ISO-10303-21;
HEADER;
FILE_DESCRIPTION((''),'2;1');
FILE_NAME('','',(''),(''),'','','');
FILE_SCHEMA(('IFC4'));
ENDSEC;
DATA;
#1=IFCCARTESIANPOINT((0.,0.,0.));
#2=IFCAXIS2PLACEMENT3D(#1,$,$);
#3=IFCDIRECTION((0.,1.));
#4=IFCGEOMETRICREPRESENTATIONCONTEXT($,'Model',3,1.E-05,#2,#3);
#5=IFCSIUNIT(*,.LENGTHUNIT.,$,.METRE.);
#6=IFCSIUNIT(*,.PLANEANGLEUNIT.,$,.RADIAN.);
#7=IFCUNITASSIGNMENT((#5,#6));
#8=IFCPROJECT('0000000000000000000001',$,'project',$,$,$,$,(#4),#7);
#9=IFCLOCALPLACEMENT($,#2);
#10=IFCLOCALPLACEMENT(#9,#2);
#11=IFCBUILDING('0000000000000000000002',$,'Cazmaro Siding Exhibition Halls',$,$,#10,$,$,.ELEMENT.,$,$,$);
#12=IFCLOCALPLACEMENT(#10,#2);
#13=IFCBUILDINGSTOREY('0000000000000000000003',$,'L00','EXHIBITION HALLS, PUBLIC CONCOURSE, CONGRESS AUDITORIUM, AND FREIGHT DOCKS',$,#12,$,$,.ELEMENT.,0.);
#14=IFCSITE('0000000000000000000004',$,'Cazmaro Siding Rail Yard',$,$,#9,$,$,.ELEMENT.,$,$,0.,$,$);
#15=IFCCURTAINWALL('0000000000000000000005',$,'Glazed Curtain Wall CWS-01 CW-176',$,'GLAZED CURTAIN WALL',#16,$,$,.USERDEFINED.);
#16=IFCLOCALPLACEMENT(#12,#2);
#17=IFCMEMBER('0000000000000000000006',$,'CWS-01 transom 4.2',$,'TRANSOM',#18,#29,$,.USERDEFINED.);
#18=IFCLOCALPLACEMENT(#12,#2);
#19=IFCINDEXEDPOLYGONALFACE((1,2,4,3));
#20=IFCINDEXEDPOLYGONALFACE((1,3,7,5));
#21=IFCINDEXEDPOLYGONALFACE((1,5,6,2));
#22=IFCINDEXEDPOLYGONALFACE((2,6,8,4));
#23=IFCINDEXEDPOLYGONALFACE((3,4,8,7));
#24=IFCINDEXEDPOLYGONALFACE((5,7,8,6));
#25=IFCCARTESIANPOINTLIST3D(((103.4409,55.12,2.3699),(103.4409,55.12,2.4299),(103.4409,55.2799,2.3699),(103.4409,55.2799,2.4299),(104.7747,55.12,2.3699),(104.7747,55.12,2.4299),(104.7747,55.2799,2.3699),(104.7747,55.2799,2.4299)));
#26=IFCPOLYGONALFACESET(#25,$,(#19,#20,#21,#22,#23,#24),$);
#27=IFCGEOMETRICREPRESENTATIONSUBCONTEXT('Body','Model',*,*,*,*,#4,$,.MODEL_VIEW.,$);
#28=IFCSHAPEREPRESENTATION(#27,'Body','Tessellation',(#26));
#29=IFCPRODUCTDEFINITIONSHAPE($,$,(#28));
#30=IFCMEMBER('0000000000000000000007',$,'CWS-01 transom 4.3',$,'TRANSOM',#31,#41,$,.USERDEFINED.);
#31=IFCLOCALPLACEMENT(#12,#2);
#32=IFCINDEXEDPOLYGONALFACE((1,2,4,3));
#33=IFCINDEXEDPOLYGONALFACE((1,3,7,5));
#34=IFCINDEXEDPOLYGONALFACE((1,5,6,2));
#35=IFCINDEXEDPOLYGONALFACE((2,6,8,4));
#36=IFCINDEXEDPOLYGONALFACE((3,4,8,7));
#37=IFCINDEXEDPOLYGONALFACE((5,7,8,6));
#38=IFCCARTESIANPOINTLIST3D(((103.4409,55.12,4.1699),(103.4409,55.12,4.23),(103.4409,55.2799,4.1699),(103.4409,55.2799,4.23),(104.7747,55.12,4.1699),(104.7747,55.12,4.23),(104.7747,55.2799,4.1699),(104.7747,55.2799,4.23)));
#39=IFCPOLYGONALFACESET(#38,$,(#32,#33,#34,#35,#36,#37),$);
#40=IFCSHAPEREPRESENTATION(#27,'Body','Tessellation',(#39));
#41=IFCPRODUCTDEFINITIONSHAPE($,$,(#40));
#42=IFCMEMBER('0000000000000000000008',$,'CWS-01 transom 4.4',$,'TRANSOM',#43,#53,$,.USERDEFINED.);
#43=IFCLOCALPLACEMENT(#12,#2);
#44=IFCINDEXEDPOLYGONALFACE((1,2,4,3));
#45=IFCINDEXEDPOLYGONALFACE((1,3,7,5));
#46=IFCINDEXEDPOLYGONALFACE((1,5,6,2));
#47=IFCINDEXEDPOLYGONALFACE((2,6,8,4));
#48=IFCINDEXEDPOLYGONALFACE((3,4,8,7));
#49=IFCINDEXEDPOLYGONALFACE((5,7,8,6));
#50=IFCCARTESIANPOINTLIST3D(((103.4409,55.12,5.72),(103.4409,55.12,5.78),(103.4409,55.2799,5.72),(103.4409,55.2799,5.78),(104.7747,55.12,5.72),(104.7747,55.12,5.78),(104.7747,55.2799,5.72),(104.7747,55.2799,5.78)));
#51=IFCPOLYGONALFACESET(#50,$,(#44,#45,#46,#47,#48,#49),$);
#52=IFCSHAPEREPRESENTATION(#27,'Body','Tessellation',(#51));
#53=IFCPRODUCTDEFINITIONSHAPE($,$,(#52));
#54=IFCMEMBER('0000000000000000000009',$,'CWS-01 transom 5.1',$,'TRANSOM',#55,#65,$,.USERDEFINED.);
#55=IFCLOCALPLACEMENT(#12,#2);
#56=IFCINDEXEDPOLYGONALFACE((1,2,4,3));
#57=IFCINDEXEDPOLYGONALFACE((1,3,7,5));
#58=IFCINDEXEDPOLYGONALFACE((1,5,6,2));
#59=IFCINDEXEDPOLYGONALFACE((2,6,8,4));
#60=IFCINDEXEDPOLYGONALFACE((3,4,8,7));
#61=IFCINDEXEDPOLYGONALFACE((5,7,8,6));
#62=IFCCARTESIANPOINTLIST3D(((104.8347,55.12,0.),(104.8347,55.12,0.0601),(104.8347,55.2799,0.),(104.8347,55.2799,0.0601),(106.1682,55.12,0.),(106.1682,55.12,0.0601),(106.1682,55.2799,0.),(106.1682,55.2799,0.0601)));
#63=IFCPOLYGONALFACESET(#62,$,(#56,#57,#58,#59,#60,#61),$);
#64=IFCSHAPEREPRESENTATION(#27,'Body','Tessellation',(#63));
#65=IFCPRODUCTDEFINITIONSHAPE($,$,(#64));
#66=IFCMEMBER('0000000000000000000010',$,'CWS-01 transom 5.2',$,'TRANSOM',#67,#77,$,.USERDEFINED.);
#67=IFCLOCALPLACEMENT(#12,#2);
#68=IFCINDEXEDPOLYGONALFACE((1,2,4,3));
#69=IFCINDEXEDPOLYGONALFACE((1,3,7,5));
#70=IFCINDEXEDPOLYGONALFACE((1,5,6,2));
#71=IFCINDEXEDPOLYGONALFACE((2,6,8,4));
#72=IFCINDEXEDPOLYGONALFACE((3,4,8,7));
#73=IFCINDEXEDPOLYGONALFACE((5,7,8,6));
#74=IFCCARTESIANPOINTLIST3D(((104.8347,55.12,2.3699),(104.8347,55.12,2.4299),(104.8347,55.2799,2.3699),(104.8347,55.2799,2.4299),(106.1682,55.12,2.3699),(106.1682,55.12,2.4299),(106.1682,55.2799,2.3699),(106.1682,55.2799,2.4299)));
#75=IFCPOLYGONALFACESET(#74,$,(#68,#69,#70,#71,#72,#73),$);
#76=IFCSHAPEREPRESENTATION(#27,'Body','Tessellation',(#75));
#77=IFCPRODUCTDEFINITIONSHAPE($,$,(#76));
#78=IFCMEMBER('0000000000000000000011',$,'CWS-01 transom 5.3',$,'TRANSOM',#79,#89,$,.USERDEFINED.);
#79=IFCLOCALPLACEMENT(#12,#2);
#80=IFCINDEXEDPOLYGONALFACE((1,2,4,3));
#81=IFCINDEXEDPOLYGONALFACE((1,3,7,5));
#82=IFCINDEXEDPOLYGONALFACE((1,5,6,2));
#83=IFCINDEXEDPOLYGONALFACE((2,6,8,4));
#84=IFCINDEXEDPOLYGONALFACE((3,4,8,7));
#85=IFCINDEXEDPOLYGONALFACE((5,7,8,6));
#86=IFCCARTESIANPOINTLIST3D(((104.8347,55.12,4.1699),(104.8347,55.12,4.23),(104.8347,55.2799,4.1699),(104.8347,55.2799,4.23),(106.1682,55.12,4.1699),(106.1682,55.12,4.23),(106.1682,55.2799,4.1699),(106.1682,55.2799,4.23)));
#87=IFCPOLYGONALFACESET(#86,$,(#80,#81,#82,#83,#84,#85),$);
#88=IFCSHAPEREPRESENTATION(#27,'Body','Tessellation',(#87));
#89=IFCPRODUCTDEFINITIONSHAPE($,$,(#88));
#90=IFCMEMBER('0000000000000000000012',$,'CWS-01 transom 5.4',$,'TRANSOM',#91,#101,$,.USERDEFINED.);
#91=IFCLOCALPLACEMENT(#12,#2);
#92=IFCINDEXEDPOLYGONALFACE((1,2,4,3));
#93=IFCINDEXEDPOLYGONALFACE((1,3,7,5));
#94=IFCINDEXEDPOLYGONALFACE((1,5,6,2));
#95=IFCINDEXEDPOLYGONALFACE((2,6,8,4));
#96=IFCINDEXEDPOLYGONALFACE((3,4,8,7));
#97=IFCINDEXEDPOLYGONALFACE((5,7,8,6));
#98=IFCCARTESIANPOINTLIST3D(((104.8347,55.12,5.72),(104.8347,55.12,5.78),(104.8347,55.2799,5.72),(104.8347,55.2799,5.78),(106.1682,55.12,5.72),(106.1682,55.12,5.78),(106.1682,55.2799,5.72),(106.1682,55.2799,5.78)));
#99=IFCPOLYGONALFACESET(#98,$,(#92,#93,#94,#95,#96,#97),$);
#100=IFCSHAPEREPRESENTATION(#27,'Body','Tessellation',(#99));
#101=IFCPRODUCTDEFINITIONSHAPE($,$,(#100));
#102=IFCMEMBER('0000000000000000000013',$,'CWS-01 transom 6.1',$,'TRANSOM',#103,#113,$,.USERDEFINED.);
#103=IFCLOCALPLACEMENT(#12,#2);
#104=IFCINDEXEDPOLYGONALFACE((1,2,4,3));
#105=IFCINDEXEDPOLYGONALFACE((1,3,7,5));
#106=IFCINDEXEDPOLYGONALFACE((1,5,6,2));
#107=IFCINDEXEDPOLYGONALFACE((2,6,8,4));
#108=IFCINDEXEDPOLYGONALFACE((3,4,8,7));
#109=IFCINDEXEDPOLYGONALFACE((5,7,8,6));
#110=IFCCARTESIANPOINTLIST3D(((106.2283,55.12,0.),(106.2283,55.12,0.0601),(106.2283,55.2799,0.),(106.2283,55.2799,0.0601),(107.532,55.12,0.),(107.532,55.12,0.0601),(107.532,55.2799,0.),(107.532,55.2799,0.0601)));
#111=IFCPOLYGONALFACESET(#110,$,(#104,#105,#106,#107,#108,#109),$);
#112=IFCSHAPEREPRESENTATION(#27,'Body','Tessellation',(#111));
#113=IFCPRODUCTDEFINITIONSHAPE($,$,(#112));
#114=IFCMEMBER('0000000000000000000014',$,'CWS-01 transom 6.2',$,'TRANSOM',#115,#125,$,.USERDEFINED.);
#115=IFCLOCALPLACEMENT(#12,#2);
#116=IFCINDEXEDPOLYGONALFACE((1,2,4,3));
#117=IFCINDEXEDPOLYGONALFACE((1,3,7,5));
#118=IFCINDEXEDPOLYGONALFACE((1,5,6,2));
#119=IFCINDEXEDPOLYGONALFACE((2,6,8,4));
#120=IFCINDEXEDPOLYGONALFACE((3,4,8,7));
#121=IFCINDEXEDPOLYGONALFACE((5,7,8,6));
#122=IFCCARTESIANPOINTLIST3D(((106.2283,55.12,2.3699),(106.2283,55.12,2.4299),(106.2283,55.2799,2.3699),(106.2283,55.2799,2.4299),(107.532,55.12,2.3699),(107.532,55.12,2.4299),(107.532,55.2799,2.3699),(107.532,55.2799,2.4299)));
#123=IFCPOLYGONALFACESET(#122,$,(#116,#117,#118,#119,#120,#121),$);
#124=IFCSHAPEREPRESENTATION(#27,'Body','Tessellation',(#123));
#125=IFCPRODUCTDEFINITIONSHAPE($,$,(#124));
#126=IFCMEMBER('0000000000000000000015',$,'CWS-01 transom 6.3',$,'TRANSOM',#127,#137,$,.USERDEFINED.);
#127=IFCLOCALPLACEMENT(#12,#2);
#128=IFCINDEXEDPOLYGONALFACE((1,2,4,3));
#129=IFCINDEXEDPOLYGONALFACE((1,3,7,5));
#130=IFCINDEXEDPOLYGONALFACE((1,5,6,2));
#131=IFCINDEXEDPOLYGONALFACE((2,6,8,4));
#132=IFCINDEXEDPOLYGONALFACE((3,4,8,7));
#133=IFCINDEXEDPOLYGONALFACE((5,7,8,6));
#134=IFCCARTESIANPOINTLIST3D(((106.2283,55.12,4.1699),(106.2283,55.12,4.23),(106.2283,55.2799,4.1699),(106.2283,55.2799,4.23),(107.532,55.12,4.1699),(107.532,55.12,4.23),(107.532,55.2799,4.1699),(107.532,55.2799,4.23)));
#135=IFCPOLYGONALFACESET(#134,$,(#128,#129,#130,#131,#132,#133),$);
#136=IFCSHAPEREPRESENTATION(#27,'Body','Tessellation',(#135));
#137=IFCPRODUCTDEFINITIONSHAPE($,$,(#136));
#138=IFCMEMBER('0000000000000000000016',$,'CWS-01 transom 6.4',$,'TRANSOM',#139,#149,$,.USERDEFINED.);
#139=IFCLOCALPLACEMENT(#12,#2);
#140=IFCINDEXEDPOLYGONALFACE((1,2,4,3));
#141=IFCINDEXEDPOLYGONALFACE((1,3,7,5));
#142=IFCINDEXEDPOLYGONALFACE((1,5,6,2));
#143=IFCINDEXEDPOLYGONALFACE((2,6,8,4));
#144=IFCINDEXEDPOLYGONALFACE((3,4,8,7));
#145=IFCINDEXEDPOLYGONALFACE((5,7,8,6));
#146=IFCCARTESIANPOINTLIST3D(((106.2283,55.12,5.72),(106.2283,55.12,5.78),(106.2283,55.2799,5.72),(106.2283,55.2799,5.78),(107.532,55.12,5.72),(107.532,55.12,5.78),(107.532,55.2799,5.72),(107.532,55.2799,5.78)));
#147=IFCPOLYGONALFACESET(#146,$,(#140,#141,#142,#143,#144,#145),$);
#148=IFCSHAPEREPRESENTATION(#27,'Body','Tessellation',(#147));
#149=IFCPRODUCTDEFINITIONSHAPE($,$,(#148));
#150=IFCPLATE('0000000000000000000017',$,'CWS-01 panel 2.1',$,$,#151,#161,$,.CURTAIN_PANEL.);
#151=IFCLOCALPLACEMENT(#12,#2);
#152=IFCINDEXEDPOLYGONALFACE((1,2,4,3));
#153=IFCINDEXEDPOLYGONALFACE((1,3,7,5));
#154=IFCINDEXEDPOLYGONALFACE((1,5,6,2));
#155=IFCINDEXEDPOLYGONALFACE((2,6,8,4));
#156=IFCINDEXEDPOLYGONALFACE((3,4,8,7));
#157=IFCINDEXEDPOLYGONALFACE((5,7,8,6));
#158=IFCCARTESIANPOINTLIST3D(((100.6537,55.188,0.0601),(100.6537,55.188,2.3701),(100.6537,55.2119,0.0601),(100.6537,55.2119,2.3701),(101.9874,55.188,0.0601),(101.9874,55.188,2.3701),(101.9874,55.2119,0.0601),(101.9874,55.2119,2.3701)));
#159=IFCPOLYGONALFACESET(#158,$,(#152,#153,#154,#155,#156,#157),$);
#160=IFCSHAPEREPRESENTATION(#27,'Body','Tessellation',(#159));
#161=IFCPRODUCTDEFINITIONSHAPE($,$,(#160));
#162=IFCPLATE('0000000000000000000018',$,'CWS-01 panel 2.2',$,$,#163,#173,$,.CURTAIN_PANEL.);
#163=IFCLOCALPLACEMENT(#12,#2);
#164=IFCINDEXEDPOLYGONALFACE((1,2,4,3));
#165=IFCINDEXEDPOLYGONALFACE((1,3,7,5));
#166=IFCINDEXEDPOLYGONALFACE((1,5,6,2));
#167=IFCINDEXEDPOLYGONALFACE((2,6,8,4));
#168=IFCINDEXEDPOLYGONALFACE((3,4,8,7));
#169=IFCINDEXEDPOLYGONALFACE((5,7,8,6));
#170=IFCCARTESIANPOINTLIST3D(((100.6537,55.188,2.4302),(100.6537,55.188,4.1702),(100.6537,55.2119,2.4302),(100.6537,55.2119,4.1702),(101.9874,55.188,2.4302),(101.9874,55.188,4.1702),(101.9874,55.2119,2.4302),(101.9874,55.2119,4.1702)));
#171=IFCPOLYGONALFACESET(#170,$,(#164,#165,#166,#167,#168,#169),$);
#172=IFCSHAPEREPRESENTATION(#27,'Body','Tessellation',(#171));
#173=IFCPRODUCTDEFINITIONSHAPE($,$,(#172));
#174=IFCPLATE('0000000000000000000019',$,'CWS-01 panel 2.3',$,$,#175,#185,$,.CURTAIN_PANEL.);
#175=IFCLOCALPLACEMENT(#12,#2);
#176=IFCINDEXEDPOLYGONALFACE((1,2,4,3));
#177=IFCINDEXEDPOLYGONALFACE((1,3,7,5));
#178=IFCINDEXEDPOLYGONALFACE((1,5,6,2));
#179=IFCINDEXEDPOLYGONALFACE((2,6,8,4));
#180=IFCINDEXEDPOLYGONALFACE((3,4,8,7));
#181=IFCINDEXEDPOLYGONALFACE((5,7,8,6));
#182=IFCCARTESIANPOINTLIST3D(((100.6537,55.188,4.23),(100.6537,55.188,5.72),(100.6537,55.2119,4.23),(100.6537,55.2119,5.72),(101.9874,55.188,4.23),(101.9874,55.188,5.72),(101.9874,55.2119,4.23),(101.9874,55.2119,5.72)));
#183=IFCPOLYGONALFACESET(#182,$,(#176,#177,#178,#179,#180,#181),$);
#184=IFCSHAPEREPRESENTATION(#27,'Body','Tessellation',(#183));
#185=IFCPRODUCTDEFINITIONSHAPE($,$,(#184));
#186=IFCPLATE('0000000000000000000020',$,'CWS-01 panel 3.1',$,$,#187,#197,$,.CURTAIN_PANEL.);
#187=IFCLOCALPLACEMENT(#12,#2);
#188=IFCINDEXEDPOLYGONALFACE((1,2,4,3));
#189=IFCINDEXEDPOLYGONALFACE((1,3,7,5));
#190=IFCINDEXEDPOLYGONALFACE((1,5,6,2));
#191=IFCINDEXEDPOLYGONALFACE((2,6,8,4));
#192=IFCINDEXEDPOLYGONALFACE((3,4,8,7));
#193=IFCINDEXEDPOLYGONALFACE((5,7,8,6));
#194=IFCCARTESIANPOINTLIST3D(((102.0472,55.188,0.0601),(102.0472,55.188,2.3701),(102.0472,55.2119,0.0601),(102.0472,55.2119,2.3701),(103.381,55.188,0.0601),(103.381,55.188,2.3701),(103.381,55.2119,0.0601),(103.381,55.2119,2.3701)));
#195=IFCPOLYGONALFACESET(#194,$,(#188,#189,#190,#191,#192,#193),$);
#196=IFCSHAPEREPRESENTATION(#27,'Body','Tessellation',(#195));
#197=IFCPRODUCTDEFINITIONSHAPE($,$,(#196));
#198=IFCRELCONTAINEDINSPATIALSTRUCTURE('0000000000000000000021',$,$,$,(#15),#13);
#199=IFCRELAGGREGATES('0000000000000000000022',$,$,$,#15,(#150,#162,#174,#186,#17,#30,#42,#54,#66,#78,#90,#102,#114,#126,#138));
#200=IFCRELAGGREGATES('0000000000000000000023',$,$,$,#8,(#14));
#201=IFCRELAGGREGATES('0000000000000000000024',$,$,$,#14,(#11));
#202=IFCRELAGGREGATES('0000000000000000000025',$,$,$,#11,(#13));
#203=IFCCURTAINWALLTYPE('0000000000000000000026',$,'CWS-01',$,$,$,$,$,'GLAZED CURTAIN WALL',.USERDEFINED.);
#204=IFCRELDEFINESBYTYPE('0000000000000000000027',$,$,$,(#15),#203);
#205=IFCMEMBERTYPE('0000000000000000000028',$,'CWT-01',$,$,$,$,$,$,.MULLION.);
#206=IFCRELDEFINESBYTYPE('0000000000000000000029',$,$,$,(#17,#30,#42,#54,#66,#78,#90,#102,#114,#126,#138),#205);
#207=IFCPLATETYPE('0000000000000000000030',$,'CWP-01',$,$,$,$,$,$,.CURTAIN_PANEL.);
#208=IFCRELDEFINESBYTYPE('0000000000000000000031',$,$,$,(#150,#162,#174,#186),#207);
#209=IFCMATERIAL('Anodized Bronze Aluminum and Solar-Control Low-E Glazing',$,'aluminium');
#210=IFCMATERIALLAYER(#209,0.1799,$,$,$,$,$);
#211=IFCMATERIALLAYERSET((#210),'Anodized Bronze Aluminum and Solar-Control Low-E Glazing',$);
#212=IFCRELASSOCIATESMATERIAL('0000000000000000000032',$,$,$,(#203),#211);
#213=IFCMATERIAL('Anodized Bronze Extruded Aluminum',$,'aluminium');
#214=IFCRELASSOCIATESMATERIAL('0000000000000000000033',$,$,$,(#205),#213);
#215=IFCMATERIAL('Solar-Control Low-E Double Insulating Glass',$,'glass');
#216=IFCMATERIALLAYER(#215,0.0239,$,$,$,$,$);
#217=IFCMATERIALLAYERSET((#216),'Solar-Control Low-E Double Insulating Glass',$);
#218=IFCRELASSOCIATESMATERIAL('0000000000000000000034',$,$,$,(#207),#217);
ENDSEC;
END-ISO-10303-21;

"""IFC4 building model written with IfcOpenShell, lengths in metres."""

from ifc_helpers import new_model, si_unit, direction, frame, origin, origin_2d, place, context, subcontext, project, spatial, rectangle, extrude, material, layer, layer_set, material_profile, profile_set, type_object, element, aggregate, save


model = new_model("IFC4")

# Units and contexts
model_context = context("Model", 3, precision=1e-05, world=origin(), true_north=direction((0.0, 1.0)))
body_context = subcontext(model_context, "Body", "Model", "MODEL_VIEW")
ifc_project = project(units=[si_unit("LENGTHUNIT", "METRE"), si_unit("PLANEANGLEUNIT", "RADIAN")], contexts=[model_context])

# Site, building, storey
site_placement = place(None, origin())
site = spatial("IfcSite", under=ifc_project, at=site_placement, Name="Cazmaro Siding Rail Yard", CompositionType="ELEMENT", RefElevation=0.0)
building_placement = place(site_placement, origin())
building = spatial("IfcBuilding", under=site, at=building_placement, Name="Cazmaro Siding Exhibition Halls", CompositionType="ELEMENT")
storey_placement = place(building_placement, origin())
storey = spatial("IfcBuildingStorey", under=building, at=storey_placement, Name="L00", Description="EXHIBITION HALLS, PUBLIC CONCOURSE, CONGRESS AUDITORIUM, AND FREIGHT DOCKS", CompositionType="ELEMENT", Elevation=0.0)

# Curtain wall, members, plates
ifc_material_1 = material(Name="Anodized Bronze Aluminum and Solar-Control Low-E Glazing", Category="aluminium")
ifc_layer_1 = layer(ifc_material_1, 0.1799)
ifc_layer_set_1 = layer_set([ifc_layer_1], Name="Anodized Bronze Aluminum and Solar-Control Low-E Glazing")
curtain_wall_type = type_object("IfcCurtainWallType", Name="CWS-01", ElementType="GLAZED CURTAIN WALL", PredefinedType="USERDEFINED", material=ifc_layer_set_1)
curtain_wall_placement = place(storey_placement, origin())
curtain_wall = element("IfcCurtainWall", 1, at=curtain_wall_placement, inside=storey, type_object=curtain_wall_type, Name="Glazed Curtain Wall CWS-01 CW-176", ObjectType="GLAZED CURTAIN WALL", PredefinedType="USERDEFINED")
ifc_material_2 = material(Name="Anodized Bronze Extruded Aluminum", Category="aluminium")
ifc_material_profile_1 = material_profile(ifc_material_2, rectangle(XDim=0.1599, YDim=0.0601, at=origin_2d()), Name="CWT-01")
ifc_profile_set_1 = profile_set([ifc_material_profile_1], Name="Anodized Bronze Extruded Aluminum")
member_type_1 = type_object("IfcMemberType", Name="CWT-01", PredefinedType="MULLION", material=ifc_profile_set_1)
member_1_placement = place(storey_placement, frame((103.4409, 55.2, 2.3999), z_axis=(1.0, 0.0, 0.0), x_axis=(0.0, 1.0, 0.0)))
member_1 = element("IfcMember", 2, at=member_1_placement, type_object=member_type_1, Name="CWS-01 transom 4.2", ObjectType="TRANSOM", PredefinedType="USERDEFINED", context=body_context, shape_type="SweptSolid", body=[
    extrude(rectangle(XDim=0.1599, YDim=0.0601, at=origin_2d()), origin(), (0.0, 0.0, 1.0), 1.3337),
])
member_2_placement = place(storey_placement, frame((103.4409, 55.2, 4.2), z_axis=(1.0, 0.0, 0.0), x_axis=(0.0, 1.0, 0.0)))
member_2 = element("IfcMember", 3, at=member_2_placement, type_object=member_type_1, Name="CWS-01 transom 4.3", ObjectType="TRANSOM", PredefinedType="USERDEFINED", context=body_context, shape_type="SweptSolid", body=[
    extrude(rectangle(XDim=0.1599, YDim=0.0601, at=origin_2d()), origin(), (0.0, 0.0, 1.0), 1.3337),
])
member_3_placement = place(storey_placement, frame((103.4409, 55.2, 5.75), z_axis=(1.0, 0.0, 0.0), x_axis=(0.0, 1.0, 0.0)))
member_3 = element("IfcMember", 4, at=member_3_placement, type_object=member_type_1, Name="CWS-01 transom 4.4", ObjectType="TRANSOM", PredefinedType="USERDEFINED", context=body_context, shape_type="SweptSolid", body=[
    extrude(rectangle(XDim=0.1599, YDim=0.0601, at=origin_2d()), origin(), (0.0, 0.0, 1.0), 1.3337),
])
member_4_placement = place(storey_placement, frame((104.8347, 55.2, 0.03), z_axis=(1.0, 0.0, 0.0), x_axis=(0.0, 1.0, 0.0)))
member_4 = element("IfcMember", 5, at=member_4_placement, type_object=member_type_1, Name="CWS-01 transom 5.1", ObjectType="TRANSOM", PredefinedType="USERDEFINED", context=body_context, shape_type="SweptSolid", body=[
    extrude(rectangle(XDim=0.1599, YDim=0.0601, at=origin_2d()), origin(), (0.0, 0.0, 1.0), 1.3335),
])
member_5_placement = place(storey_placement, frame((104.8347, 55.2, 2.3999), z_axis=(1.0, 0.0, 0.0), x_axis=(0.0, 1.0, 0.0)))
member_5 = element("IfcMember", 6, at=member_5_placement, type_object=member_type_1, Name="CWS-01 transom 5.2", ObjectType="TRANSOM", PredefinedType="USERDEFINED", context=body_context, shape_type="SweptSolid", body=[
    extrude(rectangle(XDim=0.1599, YDim=0.0601, at=origin_2d()), origin(), (0.0, 0.0, 1.0), 1.3335),
])
member_6_placement = place(storey_placement, frame((104.8347, 55.2, 4.2), z_axis=(1.0, 0.0, 0.0), x_axis=(0.0, 1.0, 0.0)))
member_6 = element("IfcMember", 7, at=member_6_placement, type_object=member_type_1, Name="CWS-01 transom 5.3", ObjectType="TRANSOM", PredefinedType="USERDEFINED", context=body_context, shape_type="SweptSolid", body=[
    extrude(rectangle(XDim=0.1599, YDim=0.0601, at=origin_2d()), origin(), (0.0, 0.0, 1.0), 1.3335),
])
member_7_placement = place(storey_placement, frame((104.8347, 55.2, 5.75), z_axis=(1.0, 0.0, 0.0), x_axis=(0.0, 1.0, 0.0)))
member_7 = element("IfcMember", 8, at=member_7_placement, type_object=member_type_1, Name="CWS-01 transom 5.4", ObjectType="TRANSOM", PredefinedType="USERDEFINED", context=body_context, shape_type="SweptSolid", body=[
    extrude(rectangle(XDim=0.1599, YDim=0.0601, at=origin_2d()), origin(), (0.0, 0.0, 1.0), 1.3335),
])
member_8_placement = place(storey_placement, frame((106.2283, 55.2, 0.03), z_axis=(1.0, 0.0, 0.0), x_axis=(0.0, 1.0, 0.0)))
member_8 = element("IfcMember", 9, at=member_8_placement, type_object=member_type_1, Name="CWS-01 transom 6.1", ObjectType="TRANSOM", PredefinedType="USERDEFINED", context=body_context, shape_type="SweptSolid", body=[
    extrude(rectangle(XDim=0.1599, YDim=0.0601, at=origin_2d()), origin(), (0.0, 0.0, 1.0), 1.3037),
])
member_9_placement = place(storey_placement, frame((106.2283, 55.2, 2.3999), z_axis=(1.0, 0.0, 0.0), x_axis=(0.0, 1.0, 0.0)))
member_9 = element("IfcMember", 10, at=member_9_placement, type_object=member_type_1, Name="CWS-01 transom 6.2", ObjectType="TRANSOM", PredefinedType="USERDEFINED", context=body_context, shape_type="SweptSolid", body=[
    extrude(rectangle(XDim=0.1599, YDim=0.0601, at=origin_2d()), origin(), (0.0, 0.0, 1.0), 1.3037),
])
member_10_placement = place(storey_placement, frame((106.2283, 55.2, 4.2), z_axis=(1.0, 0.0, 0.0), x_axis=(0.0, 1.0, 0.0)))
member_10 = element("IfcMember", 11, at=member_10_placement, type_object=member_type_1, Name="CWS-01 transom 6.3", ObjectType="TRANSOM", PredefinedType="USERDEFINED", context=body_context, shape_type="SweptSolid", body=[
    extrude(rectangle(XDim=0.1599, YDim=0.0601, at=origin_2d()), origin(), (0.0, 0.0, 1.0), 1.3037),
])
member_11_placement = place(storey_placement, frame((106.2283, 55.2, 5.75), z_axis=(1.0, 0.0, 0.0), x_axis=(0.0, 1.0, 0.0)))
member_11 = element("IfcMember", 12, at=member_11_placement, type_object=member_type_1, Name="CWS-01 transom 6.4", ObjectType="TRANSOM", PredefinedType="USERDEFINED", context=body_context, shape_type="SweptSolid", body=[
    extrude(rectangle(XDim=0.1599, YDim=0.0601, at=origin_2d()), origin(), (0.0, 0.0, 1.0), 1.3037),
])
ifc_material_3 = material(Name="Solar-Control Low-E Double Insulating Glass", Category="glass")
ifc_layer_2 = layer(ifc_material_3, 0.0239)
ifc_layer_set_2 = layer_set([ifc_layer_2], Name="Solar-Control Low-E Double Insulating Glass")
plate_type = type_object("IfcPlateType", Name="CWP-01", PredefinedType="CURTAIN_PANEL", material=ifc_layer_set_2)
plate_1_placement = place(storey_placement, frame((101.3206, 55.2, 0.0601), z_axis=(0.0, 0.0, 1.0), x_axis=(1.0, 0.0, 0.0)))
plate_1 = element("IfcPlate", 13, at=plate_1_placement, type_object=plate_type, Name="CWS-01 panel 2.1", PredefinedType="CURTAIN_PANEL", context=body_context, shape_type="SweptSolid", body=[
    extrude(rectangle(XDim=1.3337, YDim=0.0239, at=origin_2d()), origin(), (0.0, 0.0, 1.0), 2.3101),
])
plate_2_placement = place(storey_placement, frame((101.3206, 55.2, 2.4302), z_axis=(0.0, 0.0, 1.0), x_axis=(1.0, 0.0, 0.0)))
plate_2 = element("IfcPlate", 14, at=plate_2_placement, type_object=plate_type, Name="CWS-01 panel 2.2", PredefinedType="CURTAIN_PANEL", context=body_context, shape_type="SweptSolid", body=[
    extrude(rectangle(XDim=1.3337, YDim=0.0239, at=origin_2d()), origin(), (0.0, 0.0, 1.0), 1.74),
])
plate_3_placement = place(storey_placement, frame((101.3206, 55.2, 4.23), z_axis=(0.0, 0.0, 1.0), x_axis=(1.0, 0.0, 0.0)))
plate_3 = element("IfcPlate", 15, at=plate_3_placement, type_object=plate_type, Name="CWS-01 panel 2.3", PredefinedType="CURTAIN_PANEL", context=body_context, shape_type="SweptSolid", body=[
    extrude(rectangle(XDim=1.3337, YDim=0.0239, at=origin_2d()), origin(), (0.0, 0.0, 1.0), 1.49),
])
plate_4_placement = place(storey_placement, frame((102.7141, 55.2, 0.0601), z_axis=(0.0, 0.0, 1.0), x_axis=(1.0, 0.0, 0.0)))
plate_4 = element("IfcPlate", 16, at=plate_4_placement, type_object=plate_type, Name="CWS-01 panel 3.1", PredefinedType="CURTAIN_PANEL", context=body_context, shape_type="SweptSolid", body=[
    extrude(rectangle(XDim=1.3337, YDim=0.0239, at=origin_2d()), origin(), (0.0, 0.0, 1.0), 2.3101),
])
aggregate(curtain_wall, [plate_1, plate_2, plate_3, plate_4, member_1, member_2, member_3, member_4, member_5, member_6, member_7, member_8, member_9, member_10, member_11])

save(model, "model.ifc")
